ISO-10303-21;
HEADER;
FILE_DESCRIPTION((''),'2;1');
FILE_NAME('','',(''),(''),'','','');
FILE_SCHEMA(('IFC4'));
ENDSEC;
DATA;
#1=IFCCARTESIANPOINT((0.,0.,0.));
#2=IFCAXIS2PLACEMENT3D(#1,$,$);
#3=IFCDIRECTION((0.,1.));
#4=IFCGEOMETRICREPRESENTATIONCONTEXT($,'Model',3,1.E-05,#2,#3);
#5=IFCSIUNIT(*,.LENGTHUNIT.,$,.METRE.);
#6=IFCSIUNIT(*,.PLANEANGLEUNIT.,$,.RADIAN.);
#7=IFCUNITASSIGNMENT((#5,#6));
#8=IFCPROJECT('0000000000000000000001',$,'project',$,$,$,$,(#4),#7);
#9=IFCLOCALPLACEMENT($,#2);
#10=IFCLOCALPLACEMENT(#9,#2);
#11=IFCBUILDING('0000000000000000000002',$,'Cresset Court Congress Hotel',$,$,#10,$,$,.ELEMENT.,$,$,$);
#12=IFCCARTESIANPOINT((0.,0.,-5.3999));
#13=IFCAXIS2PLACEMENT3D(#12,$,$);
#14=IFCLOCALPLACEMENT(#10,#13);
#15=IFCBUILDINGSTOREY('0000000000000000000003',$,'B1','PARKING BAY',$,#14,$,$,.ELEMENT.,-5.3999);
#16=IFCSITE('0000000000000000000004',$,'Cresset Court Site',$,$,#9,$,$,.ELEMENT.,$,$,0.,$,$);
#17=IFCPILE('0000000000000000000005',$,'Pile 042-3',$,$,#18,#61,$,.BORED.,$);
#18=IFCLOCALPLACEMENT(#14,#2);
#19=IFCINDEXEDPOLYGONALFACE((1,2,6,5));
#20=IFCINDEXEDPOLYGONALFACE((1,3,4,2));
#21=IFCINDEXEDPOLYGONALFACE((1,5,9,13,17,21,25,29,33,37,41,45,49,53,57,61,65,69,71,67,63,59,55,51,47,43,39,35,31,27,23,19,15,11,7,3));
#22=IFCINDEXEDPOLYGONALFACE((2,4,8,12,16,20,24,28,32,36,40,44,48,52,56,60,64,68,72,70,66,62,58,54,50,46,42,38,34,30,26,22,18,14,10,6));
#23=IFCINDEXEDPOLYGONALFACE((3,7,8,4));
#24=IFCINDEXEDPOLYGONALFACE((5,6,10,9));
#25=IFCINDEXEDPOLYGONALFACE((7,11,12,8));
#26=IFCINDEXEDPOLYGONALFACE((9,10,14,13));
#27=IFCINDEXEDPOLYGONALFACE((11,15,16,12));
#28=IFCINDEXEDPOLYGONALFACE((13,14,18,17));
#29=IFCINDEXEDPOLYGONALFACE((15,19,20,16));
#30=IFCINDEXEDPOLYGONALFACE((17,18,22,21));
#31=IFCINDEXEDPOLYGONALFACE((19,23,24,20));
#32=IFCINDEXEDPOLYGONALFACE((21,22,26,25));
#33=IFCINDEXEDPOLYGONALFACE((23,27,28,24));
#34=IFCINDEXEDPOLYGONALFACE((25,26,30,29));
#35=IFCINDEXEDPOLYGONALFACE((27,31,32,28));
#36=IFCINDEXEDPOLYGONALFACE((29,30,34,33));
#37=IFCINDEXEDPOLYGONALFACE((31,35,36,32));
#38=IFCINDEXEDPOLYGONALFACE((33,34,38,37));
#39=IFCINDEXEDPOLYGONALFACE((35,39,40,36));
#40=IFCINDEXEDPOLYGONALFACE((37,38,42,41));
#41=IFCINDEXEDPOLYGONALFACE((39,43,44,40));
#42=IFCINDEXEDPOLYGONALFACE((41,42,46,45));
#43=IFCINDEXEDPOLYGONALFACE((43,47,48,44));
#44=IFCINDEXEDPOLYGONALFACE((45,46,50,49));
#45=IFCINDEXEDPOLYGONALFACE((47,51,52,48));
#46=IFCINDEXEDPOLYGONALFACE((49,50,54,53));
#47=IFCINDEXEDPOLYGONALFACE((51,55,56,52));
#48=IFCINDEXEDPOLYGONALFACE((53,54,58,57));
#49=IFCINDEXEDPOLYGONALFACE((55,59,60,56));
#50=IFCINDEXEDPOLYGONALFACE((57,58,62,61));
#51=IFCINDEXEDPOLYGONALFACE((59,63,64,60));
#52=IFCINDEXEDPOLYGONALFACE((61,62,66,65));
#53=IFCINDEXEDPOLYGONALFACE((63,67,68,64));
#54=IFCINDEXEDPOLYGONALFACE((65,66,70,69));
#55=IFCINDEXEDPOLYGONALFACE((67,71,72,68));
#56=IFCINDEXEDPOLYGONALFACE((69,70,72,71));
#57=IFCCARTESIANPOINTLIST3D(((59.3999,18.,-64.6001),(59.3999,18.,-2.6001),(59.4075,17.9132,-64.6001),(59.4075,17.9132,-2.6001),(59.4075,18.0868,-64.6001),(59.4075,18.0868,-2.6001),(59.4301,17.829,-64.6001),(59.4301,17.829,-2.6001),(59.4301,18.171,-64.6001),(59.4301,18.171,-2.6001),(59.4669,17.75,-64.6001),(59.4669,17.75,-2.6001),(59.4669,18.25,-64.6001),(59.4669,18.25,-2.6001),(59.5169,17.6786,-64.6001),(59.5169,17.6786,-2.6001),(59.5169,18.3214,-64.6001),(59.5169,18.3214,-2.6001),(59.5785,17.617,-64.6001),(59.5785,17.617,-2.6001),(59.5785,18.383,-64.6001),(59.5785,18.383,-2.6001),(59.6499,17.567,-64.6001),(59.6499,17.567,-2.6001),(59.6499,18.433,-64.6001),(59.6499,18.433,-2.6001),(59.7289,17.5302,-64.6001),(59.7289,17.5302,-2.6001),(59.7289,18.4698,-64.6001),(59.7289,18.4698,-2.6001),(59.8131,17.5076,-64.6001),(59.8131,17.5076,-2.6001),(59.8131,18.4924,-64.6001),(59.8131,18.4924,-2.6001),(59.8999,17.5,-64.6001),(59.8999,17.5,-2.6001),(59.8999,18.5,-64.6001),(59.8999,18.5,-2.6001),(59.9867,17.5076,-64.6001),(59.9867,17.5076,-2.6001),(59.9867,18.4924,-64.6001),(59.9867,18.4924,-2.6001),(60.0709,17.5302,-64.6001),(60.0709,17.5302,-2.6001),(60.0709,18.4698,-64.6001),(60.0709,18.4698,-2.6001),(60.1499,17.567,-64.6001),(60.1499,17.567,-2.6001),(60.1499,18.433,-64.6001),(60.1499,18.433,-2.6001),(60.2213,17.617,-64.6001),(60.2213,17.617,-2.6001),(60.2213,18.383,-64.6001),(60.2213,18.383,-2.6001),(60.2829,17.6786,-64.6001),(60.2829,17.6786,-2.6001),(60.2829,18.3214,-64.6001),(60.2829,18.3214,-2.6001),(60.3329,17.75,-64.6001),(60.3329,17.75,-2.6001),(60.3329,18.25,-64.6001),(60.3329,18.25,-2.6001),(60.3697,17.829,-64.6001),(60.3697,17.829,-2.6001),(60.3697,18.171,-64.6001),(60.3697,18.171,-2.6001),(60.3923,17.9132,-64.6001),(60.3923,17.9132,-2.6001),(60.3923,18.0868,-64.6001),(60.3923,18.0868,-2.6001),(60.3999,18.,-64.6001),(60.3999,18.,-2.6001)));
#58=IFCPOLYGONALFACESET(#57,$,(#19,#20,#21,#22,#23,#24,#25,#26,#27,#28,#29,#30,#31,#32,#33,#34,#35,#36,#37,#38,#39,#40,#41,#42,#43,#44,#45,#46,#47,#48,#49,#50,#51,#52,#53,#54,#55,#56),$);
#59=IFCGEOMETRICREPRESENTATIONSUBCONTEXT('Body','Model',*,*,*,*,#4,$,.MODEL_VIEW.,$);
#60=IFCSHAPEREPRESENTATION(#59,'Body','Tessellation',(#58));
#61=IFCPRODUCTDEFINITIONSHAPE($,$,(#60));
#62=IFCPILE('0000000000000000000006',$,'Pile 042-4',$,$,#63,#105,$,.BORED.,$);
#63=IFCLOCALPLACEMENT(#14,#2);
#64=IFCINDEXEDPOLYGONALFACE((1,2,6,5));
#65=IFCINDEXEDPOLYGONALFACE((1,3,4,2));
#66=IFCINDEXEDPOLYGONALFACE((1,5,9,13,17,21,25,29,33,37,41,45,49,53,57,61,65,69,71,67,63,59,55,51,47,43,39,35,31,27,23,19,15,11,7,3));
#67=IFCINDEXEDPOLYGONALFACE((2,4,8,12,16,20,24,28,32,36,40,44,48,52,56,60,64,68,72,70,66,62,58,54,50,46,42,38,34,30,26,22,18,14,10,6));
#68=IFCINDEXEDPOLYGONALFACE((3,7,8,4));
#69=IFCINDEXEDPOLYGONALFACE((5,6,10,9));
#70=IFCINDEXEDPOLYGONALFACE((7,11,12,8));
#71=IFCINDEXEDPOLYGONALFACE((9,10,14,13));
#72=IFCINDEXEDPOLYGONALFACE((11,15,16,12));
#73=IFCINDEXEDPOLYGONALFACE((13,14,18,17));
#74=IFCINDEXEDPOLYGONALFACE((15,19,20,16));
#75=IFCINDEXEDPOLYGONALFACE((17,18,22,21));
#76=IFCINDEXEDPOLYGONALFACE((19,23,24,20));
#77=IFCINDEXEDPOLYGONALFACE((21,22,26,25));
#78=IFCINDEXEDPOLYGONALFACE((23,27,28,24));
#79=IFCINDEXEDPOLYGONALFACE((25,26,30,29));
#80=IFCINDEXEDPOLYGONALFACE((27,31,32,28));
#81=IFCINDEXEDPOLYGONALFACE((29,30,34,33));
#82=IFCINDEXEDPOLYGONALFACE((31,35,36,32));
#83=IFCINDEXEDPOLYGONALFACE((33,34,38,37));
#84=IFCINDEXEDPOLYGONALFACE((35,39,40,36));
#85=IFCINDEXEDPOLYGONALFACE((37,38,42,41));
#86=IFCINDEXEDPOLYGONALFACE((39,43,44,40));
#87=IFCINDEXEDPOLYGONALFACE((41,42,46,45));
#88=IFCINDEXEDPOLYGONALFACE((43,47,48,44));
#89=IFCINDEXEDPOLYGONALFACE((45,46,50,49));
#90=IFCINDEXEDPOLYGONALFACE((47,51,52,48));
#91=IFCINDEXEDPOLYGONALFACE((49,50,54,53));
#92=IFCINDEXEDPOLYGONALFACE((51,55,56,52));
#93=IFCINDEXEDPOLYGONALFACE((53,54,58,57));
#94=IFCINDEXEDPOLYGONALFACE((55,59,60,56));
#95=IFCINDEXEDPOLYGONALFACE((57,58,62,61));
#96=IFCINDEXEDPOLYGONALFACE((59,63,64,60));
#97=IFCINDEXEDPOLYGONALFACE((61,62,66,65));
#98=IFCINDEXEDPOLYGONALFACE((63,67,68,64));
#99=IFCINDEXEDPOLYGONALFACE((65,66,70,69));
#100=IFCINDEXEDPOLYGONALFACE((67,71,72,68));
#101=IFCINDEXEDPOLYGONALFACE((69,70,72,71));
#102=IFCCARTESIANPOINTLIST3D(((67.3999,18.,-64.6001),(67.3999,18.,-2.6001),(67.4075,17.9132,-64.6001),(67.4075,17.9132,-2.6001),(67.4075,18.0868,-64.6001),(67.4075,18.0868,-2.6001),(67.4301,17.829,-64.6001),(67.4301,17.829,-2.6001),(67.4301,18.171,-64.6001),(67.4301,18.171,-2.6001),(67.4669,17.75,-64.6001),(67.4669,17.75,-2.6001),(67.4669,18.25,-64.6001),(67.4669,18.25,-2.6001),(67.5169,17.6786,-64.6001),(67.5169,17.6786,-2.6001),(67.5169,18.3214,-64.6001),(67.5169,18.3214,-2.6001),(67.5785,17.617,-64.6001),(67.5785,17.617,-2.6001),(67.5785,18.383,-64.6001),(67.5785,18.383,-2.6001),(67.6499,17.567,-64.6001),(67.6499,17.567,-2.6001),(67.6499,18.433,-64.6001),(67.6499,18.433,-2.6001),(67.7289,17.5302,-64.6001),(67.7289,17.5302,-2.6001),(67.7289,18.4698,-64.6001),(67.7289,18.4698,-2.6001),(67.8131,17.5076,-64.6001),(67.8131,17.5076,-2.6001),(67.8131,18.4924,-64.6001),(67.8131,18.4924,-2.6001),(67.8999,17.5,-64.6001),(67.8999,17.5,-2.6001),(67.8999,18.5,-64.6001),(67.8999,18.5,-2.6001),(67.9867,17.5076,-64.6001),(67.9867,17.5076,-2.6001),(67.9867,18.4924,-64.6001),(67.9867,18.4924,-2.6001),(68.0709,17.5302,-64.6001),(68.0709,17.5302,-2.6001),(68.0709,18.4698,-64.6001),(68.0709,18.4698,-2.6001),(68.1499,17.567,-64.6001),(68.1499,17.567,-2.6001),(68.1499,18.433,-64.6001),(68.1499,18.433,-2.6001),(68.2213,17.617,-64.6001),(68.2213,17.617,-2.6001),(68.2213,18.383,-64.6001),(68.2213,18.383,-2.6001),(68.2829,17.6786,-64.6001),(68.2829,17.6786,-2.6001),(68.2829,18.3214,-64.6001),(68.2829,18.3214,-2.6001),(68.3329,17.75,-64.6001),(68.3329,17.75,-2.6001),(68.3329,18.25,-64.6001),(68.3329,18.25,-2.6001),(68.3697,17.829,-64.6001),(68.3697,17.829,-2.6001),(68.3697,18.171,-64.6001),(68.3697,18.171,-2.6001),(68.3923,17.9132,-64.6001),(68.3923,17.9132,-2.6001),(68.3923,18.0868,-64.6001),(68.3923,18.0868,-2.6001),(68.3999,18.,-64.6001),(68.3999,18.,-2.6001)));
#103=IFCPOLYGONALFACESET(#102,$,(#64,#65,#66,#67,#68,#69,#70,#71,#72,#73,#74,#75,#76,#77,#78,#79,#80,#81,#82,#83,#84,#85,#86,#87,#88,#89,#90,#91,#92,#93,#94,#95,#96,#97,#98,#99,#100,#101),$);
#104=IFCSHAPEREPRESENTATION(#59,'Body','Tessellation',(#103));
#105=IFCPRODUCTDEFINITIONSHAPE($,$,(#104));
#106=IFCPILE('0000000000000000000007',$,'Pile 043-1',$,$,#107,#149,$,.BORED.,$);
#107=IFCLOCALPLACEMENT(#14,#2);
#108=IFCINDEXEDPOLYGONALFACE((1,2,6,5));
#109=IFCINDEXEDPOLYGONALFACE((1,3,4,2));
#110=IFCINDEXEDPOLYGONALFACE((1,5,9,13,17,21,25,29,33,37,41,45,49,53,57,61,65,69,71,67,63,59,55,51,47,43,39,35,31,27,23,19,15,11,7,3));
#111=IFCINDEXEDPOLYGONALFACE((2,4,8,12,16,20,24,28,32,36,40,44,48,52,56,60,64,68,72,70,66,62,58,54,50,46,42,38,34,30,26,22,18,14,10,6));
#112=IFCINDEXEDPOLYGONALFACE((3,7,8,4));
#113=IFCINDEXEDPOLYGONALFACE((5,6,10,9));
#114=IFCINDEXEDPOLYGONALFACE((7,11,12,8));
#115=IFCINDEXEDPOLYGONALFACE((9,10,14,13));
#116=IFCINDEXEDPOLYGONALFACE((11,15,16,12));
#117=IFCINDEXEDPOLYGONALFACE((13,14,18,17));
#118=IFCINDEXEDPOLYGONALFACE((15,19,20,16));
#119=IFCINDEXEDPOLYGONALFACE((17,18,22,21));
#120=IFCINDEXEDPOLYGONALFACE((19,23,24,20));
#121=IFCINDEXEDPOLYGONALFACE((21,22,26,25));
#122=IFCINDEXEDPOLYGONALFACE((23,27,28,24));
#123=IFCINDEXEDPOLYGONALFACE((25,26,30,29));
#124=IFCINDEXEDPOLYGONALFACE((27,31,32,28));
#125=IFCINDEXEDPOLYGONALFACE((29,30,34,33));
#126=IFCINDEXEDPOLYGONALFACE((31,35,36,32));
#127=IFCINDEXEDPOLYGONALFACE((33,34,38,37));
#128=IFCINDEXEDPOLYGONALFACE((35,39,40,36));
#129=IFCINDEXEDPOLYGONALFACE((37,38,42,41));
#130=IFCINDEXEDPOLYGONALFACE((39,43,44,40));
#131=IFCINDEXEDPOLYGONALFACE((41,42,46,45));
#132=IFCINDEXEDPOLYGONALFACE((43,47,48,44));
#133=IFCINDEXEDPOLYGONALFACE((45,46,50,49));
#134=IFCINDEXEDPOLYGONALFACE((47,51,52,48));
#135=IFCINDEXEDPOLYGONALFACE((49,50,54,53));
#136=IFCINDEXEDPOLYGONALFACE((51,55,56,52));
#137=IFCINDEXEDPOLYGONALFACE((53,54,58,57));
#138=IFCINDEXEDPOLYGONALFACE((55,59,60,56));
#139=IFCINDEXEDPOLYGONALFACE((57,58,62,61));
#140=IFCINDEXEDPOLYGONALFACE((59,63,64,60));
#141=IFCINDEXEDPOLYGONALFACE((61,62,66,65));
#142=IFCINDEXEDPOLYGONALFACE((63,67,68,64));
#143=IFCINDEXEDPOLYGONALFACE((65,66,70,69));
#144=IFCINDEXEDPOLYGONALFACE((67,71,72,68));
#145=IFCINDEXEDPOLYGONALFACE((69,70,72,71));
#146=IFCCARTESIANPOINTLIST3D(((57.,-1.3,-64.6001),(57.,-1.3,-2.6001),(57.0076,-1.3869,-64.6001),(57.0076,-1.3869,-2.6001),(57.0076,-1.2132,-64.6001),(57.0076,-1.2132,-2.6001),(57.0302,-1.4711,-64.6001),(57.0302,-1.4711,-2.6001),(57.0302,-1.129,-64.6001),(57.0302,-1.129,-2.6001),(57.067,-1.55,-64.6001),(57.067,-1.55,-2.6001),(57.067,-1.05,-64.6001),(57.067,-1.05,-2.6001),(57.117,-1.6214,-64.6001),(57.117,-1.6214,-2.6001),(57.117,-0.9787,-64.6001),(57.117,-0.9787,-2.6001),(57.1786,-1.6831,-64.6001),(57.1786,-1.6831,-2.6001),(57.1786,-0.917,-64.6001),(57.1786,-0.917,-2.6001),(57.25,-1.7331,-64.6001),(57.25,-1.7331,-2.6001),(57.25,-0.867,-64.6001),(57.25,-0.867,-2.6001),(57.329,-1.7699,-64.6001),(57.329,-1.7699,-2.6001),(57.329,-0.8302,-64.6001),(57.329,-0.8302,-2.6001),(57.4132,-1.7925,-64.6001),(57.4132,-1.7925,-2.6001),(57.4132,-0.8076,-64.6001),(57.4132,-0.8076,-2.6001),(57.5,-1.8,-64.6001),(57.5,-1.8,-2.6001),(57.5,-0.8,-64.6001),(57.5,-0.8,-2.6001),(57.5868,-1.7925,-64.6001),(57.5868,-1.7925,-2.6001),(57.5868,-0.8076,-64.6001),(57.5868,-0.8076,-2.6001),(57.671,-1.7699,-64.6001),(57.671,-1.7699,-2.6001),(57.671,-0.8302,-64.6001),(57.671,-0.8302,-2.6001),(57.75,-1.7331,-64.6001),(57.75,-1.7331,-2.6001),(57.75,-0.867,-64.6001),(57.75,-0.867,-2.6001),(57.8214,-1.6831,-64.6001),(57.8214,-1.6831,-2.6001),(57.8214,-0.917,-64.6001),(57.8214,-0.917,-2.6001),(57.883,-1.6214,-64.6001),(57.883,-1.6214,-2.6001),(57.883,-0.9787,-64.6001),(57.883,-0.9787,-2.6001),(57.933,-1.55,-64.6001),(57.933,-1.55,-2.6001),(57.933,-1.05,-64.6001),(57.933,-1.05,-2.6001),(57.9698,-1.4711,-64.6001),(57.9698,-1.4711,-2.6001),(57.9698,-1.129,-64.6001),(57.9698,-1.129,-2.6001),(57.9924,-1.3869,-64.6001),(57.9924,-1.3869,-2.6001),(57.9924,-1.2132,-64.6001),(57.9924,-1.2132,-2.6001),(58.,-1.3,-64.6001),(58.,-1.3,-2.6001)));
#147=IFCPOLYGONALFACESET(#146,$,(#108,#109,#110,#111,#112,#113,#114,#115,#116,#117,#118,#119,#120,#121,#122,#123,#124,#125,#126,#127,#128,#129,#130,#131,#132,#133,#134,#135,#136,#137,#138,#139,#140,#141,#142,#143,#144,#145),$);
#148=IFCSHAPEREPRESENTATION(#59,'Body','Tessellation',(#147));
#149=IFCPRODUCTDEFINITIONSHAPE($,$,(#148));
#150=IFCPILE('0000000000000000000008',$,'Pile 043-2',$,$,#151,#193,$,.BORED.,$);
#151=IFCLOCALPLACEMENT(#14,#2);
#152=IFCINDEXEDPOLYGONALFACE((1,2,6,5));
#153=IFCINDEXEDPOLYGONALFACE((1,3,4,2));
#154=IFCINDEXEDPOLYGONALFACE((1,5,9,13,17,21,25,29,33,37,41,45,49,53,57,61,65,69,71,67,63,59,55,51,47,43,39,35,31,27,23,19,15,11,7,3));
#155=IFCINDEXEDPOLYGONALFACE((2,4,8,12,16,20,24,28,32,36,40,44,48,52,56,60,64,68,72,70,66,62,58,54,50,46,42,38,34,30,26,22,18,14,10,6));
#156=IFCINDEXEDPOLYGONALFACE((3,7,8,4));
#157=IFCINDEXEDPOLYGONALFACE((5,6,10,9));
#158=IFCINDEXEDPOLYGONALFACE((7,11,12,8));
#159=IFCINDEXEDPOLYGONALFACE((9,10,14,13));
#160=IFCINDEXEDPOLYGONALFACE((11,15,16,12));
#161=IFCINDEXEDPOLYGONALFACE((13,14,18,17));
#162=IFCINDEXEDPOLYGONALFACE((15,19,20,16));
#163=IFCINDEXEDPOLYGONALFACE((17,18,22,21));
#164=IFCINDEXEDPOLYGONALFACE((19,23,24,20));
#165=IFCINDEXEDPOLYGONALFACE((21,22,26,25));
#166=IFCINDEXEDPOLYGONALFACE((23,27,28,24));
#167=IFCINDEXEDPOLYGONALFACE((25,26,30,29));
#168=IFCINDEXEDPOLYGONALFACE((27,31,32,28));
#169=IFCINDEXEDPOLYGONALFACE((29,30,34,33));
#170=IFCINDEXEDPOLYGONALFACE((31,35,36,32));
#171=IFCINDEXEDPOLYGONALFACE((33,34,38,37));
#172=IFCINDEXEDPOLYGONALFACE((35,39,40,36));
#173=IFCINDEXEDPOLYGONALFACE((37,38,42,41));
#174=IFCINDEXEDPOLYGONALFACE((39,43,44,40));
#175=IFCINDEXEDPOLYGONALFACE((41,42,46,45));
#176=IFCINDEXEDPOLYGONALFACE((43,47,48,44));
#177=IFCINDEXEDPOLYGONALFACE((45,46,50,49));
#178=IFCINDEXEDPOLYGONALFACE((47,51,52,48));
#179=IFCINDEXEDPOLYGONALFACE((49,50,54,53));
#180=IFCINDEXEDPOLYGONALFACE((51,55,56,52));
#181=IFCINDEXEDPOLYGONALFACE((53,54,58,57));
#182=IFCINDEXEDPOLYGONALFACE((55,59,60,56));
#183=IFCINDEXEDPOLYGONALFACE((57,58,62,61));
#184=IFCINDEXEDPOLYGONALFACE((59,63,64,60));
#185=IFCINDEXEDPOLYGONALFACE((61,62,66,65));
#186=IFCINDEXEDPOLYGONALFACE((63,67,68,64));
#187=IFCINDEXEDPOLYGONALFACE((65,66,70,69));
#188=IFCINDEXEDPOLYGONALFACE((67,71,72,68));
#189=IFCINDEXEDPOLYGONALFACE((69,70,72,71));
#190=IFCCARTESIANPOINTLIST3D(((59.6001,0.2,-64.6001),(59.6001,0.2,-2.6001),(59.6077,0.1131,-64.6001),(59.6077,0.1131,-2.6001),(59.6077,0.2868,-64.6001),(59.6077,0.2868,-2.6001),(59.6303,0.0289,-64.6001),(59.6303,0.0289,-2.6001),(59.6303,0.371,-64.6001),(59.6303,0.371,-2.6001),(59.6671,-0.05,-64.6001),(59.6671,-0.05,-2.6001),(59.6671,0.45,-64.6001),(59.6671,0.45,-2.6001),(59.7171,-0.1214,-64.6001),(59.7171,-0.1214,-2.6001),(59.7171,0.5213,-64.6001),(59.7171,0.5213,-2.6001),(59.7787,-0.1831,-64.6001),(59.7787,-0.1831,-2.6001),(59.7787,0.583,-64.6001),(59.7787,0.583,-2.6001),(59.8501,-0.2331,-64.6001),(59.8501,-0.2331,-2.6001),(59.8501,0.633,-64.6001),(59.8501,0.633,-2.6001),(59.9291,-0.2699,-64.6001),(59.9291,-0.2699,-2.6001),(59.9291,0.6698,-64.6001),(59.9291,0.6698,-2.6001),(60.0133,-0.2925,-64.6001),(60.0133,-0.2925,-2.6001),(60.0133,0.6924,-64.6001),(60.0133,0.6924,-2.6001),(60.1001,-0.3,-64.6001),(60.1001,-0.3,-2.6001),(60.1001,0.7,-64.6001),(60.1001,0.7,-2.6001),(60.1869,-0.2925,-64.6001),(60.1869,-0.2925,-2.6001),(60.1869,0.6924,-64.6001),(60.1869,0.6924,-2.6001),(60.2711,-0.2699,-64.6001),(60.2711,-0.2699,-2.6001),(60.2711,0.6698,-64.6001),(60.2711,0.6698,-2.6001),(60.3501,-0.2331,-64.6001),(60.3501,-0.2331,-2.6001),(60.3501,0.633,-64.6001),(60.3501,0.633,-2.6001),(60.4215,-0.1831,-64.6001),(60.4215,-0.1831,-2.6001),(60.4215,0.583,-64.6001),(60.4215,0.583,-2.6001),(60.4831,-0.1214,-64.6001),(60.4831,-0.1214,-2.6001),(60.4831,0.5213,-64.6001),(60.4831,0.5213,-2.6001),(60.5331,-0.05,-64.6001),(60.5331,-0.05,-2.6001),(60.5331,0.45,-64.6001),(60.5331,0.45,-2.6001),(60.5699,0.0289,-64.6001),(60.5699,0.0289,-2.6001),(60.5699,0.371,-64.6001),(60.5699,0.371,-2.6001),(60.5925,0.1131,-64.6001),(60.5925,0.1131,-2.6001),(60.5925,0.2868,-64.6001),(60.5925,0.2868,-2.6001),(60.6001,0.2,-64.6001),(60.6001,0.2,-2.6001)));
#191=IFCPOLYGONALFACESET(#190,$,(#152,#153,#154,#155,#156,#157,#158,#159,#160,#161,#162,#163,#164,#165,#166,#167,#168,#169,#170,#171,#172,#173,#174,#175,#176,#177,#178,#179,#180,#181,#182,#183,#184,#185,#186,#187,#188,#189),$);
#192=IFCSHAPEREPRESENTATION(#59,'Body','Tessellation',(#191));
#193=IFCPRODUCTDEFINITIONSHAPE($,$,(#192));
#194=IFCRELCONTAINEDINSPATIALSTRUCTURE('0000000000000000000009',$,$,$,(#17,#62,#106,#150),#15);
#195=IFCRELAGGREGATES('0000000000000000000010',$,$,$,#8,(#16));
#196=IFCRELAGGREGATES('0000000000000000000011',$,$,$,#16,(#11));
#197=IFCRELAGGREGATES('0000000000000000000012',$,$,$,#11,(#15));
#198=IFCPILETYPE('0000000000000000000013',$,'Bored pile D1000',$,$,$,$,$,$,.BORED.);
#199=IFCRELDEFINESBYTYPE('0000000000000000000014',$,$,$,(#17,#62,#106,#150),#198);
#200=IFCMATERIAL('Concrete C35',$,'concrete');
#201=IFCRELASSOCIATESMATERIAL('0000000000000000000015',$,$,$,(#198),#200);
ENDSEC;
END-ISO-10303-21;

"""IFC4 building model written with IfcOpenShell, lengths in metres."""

from ifc_helpers import new_model, si_unit, direction, frame, origin, origin_2d, place, context, subcontext, project, spatial, circle, extrude, material, type_object, element, save


model = new_model("IFC4")

# Units and contexts
model_context = context("Model", 3, precision=1e-05, world=origin(), true_north=direction((0.0, 1.0)))
body_context = subcontext(model_context, "Body", "Model", "MODEL_VIEW")
ifc_project = project(units=[si_unit("LENGTHUNIT", "METRE"), si_unit("PLANEANGLEUNIT", "RADIAN")], contexts=[model_context])

# Site, building, storey
site_placement = place(None, origin())
site = spatial("IfcSite", under=ifc_project, at=site_placement, Name="Cresset Court Site", CompositionType="ELEMENT", RefElevation=0.0)
building_placement = place(site_placement, origin())
building = spatial("IfcBuilding", under=site, at=building_placement, Name="Cresset Court Congress Hotel", CompositionType="ELEMENT")
storey_placement = place(building_placement, frame((0.0, 0.0, -5.3999)))
storey = spatial("IfcBuildingStorey", under=building, at=storey_placement, Name="B1", Description="PARKING BAY", CompositionType="ELEMENT", Elevation=-5.3999)

# Piles
ifc_material_1 = material(Name="Concrete C35", Category="concrete")
pile_type = type_object("IfcPileType", Name="Bored pile D1000", PredefinedType="BORED", material=ifc_material_1)
for number, where, z_axis, x_axis, name in (
    (1, (59.8999, 18.0, -2.6001), (0.0, 0.0, -1.0), (1.0, 0.0, 0.0), "Pile 042-3"),
    (2, (67.8999, 18.0, -2.6001), (0.0, 0.0, -1.0), (1.0, 0.0, 0.0), "Pile 042-4"),
    (3, (57.5, -1.3, -2.6001), (0.0, 0.0, -1.0), (1.0, 0.0, 0.0), "Pile 043-1"),
    (4, (60.1001, 0.2, -2.6001), (0.0, 0.0, -1.0), (1.0, 0.0, 0.0), "Pile 043-2"),
):
    element("IfcPile", number, at=place(storey_placement, frame(where, z_axis=z_axis, x_axis=x_axis)), inside=storey, type_object=pile_type, Name=name, PredefinedType="BORED", context=body_context, shape_type="SweptSolid", body=[
        extrude(circle(Radius=0.5, at=origin_2d()), origin(), (0.0, 0.0, 1.0), 62.0),
    ])

save(model, "model.ifc")
